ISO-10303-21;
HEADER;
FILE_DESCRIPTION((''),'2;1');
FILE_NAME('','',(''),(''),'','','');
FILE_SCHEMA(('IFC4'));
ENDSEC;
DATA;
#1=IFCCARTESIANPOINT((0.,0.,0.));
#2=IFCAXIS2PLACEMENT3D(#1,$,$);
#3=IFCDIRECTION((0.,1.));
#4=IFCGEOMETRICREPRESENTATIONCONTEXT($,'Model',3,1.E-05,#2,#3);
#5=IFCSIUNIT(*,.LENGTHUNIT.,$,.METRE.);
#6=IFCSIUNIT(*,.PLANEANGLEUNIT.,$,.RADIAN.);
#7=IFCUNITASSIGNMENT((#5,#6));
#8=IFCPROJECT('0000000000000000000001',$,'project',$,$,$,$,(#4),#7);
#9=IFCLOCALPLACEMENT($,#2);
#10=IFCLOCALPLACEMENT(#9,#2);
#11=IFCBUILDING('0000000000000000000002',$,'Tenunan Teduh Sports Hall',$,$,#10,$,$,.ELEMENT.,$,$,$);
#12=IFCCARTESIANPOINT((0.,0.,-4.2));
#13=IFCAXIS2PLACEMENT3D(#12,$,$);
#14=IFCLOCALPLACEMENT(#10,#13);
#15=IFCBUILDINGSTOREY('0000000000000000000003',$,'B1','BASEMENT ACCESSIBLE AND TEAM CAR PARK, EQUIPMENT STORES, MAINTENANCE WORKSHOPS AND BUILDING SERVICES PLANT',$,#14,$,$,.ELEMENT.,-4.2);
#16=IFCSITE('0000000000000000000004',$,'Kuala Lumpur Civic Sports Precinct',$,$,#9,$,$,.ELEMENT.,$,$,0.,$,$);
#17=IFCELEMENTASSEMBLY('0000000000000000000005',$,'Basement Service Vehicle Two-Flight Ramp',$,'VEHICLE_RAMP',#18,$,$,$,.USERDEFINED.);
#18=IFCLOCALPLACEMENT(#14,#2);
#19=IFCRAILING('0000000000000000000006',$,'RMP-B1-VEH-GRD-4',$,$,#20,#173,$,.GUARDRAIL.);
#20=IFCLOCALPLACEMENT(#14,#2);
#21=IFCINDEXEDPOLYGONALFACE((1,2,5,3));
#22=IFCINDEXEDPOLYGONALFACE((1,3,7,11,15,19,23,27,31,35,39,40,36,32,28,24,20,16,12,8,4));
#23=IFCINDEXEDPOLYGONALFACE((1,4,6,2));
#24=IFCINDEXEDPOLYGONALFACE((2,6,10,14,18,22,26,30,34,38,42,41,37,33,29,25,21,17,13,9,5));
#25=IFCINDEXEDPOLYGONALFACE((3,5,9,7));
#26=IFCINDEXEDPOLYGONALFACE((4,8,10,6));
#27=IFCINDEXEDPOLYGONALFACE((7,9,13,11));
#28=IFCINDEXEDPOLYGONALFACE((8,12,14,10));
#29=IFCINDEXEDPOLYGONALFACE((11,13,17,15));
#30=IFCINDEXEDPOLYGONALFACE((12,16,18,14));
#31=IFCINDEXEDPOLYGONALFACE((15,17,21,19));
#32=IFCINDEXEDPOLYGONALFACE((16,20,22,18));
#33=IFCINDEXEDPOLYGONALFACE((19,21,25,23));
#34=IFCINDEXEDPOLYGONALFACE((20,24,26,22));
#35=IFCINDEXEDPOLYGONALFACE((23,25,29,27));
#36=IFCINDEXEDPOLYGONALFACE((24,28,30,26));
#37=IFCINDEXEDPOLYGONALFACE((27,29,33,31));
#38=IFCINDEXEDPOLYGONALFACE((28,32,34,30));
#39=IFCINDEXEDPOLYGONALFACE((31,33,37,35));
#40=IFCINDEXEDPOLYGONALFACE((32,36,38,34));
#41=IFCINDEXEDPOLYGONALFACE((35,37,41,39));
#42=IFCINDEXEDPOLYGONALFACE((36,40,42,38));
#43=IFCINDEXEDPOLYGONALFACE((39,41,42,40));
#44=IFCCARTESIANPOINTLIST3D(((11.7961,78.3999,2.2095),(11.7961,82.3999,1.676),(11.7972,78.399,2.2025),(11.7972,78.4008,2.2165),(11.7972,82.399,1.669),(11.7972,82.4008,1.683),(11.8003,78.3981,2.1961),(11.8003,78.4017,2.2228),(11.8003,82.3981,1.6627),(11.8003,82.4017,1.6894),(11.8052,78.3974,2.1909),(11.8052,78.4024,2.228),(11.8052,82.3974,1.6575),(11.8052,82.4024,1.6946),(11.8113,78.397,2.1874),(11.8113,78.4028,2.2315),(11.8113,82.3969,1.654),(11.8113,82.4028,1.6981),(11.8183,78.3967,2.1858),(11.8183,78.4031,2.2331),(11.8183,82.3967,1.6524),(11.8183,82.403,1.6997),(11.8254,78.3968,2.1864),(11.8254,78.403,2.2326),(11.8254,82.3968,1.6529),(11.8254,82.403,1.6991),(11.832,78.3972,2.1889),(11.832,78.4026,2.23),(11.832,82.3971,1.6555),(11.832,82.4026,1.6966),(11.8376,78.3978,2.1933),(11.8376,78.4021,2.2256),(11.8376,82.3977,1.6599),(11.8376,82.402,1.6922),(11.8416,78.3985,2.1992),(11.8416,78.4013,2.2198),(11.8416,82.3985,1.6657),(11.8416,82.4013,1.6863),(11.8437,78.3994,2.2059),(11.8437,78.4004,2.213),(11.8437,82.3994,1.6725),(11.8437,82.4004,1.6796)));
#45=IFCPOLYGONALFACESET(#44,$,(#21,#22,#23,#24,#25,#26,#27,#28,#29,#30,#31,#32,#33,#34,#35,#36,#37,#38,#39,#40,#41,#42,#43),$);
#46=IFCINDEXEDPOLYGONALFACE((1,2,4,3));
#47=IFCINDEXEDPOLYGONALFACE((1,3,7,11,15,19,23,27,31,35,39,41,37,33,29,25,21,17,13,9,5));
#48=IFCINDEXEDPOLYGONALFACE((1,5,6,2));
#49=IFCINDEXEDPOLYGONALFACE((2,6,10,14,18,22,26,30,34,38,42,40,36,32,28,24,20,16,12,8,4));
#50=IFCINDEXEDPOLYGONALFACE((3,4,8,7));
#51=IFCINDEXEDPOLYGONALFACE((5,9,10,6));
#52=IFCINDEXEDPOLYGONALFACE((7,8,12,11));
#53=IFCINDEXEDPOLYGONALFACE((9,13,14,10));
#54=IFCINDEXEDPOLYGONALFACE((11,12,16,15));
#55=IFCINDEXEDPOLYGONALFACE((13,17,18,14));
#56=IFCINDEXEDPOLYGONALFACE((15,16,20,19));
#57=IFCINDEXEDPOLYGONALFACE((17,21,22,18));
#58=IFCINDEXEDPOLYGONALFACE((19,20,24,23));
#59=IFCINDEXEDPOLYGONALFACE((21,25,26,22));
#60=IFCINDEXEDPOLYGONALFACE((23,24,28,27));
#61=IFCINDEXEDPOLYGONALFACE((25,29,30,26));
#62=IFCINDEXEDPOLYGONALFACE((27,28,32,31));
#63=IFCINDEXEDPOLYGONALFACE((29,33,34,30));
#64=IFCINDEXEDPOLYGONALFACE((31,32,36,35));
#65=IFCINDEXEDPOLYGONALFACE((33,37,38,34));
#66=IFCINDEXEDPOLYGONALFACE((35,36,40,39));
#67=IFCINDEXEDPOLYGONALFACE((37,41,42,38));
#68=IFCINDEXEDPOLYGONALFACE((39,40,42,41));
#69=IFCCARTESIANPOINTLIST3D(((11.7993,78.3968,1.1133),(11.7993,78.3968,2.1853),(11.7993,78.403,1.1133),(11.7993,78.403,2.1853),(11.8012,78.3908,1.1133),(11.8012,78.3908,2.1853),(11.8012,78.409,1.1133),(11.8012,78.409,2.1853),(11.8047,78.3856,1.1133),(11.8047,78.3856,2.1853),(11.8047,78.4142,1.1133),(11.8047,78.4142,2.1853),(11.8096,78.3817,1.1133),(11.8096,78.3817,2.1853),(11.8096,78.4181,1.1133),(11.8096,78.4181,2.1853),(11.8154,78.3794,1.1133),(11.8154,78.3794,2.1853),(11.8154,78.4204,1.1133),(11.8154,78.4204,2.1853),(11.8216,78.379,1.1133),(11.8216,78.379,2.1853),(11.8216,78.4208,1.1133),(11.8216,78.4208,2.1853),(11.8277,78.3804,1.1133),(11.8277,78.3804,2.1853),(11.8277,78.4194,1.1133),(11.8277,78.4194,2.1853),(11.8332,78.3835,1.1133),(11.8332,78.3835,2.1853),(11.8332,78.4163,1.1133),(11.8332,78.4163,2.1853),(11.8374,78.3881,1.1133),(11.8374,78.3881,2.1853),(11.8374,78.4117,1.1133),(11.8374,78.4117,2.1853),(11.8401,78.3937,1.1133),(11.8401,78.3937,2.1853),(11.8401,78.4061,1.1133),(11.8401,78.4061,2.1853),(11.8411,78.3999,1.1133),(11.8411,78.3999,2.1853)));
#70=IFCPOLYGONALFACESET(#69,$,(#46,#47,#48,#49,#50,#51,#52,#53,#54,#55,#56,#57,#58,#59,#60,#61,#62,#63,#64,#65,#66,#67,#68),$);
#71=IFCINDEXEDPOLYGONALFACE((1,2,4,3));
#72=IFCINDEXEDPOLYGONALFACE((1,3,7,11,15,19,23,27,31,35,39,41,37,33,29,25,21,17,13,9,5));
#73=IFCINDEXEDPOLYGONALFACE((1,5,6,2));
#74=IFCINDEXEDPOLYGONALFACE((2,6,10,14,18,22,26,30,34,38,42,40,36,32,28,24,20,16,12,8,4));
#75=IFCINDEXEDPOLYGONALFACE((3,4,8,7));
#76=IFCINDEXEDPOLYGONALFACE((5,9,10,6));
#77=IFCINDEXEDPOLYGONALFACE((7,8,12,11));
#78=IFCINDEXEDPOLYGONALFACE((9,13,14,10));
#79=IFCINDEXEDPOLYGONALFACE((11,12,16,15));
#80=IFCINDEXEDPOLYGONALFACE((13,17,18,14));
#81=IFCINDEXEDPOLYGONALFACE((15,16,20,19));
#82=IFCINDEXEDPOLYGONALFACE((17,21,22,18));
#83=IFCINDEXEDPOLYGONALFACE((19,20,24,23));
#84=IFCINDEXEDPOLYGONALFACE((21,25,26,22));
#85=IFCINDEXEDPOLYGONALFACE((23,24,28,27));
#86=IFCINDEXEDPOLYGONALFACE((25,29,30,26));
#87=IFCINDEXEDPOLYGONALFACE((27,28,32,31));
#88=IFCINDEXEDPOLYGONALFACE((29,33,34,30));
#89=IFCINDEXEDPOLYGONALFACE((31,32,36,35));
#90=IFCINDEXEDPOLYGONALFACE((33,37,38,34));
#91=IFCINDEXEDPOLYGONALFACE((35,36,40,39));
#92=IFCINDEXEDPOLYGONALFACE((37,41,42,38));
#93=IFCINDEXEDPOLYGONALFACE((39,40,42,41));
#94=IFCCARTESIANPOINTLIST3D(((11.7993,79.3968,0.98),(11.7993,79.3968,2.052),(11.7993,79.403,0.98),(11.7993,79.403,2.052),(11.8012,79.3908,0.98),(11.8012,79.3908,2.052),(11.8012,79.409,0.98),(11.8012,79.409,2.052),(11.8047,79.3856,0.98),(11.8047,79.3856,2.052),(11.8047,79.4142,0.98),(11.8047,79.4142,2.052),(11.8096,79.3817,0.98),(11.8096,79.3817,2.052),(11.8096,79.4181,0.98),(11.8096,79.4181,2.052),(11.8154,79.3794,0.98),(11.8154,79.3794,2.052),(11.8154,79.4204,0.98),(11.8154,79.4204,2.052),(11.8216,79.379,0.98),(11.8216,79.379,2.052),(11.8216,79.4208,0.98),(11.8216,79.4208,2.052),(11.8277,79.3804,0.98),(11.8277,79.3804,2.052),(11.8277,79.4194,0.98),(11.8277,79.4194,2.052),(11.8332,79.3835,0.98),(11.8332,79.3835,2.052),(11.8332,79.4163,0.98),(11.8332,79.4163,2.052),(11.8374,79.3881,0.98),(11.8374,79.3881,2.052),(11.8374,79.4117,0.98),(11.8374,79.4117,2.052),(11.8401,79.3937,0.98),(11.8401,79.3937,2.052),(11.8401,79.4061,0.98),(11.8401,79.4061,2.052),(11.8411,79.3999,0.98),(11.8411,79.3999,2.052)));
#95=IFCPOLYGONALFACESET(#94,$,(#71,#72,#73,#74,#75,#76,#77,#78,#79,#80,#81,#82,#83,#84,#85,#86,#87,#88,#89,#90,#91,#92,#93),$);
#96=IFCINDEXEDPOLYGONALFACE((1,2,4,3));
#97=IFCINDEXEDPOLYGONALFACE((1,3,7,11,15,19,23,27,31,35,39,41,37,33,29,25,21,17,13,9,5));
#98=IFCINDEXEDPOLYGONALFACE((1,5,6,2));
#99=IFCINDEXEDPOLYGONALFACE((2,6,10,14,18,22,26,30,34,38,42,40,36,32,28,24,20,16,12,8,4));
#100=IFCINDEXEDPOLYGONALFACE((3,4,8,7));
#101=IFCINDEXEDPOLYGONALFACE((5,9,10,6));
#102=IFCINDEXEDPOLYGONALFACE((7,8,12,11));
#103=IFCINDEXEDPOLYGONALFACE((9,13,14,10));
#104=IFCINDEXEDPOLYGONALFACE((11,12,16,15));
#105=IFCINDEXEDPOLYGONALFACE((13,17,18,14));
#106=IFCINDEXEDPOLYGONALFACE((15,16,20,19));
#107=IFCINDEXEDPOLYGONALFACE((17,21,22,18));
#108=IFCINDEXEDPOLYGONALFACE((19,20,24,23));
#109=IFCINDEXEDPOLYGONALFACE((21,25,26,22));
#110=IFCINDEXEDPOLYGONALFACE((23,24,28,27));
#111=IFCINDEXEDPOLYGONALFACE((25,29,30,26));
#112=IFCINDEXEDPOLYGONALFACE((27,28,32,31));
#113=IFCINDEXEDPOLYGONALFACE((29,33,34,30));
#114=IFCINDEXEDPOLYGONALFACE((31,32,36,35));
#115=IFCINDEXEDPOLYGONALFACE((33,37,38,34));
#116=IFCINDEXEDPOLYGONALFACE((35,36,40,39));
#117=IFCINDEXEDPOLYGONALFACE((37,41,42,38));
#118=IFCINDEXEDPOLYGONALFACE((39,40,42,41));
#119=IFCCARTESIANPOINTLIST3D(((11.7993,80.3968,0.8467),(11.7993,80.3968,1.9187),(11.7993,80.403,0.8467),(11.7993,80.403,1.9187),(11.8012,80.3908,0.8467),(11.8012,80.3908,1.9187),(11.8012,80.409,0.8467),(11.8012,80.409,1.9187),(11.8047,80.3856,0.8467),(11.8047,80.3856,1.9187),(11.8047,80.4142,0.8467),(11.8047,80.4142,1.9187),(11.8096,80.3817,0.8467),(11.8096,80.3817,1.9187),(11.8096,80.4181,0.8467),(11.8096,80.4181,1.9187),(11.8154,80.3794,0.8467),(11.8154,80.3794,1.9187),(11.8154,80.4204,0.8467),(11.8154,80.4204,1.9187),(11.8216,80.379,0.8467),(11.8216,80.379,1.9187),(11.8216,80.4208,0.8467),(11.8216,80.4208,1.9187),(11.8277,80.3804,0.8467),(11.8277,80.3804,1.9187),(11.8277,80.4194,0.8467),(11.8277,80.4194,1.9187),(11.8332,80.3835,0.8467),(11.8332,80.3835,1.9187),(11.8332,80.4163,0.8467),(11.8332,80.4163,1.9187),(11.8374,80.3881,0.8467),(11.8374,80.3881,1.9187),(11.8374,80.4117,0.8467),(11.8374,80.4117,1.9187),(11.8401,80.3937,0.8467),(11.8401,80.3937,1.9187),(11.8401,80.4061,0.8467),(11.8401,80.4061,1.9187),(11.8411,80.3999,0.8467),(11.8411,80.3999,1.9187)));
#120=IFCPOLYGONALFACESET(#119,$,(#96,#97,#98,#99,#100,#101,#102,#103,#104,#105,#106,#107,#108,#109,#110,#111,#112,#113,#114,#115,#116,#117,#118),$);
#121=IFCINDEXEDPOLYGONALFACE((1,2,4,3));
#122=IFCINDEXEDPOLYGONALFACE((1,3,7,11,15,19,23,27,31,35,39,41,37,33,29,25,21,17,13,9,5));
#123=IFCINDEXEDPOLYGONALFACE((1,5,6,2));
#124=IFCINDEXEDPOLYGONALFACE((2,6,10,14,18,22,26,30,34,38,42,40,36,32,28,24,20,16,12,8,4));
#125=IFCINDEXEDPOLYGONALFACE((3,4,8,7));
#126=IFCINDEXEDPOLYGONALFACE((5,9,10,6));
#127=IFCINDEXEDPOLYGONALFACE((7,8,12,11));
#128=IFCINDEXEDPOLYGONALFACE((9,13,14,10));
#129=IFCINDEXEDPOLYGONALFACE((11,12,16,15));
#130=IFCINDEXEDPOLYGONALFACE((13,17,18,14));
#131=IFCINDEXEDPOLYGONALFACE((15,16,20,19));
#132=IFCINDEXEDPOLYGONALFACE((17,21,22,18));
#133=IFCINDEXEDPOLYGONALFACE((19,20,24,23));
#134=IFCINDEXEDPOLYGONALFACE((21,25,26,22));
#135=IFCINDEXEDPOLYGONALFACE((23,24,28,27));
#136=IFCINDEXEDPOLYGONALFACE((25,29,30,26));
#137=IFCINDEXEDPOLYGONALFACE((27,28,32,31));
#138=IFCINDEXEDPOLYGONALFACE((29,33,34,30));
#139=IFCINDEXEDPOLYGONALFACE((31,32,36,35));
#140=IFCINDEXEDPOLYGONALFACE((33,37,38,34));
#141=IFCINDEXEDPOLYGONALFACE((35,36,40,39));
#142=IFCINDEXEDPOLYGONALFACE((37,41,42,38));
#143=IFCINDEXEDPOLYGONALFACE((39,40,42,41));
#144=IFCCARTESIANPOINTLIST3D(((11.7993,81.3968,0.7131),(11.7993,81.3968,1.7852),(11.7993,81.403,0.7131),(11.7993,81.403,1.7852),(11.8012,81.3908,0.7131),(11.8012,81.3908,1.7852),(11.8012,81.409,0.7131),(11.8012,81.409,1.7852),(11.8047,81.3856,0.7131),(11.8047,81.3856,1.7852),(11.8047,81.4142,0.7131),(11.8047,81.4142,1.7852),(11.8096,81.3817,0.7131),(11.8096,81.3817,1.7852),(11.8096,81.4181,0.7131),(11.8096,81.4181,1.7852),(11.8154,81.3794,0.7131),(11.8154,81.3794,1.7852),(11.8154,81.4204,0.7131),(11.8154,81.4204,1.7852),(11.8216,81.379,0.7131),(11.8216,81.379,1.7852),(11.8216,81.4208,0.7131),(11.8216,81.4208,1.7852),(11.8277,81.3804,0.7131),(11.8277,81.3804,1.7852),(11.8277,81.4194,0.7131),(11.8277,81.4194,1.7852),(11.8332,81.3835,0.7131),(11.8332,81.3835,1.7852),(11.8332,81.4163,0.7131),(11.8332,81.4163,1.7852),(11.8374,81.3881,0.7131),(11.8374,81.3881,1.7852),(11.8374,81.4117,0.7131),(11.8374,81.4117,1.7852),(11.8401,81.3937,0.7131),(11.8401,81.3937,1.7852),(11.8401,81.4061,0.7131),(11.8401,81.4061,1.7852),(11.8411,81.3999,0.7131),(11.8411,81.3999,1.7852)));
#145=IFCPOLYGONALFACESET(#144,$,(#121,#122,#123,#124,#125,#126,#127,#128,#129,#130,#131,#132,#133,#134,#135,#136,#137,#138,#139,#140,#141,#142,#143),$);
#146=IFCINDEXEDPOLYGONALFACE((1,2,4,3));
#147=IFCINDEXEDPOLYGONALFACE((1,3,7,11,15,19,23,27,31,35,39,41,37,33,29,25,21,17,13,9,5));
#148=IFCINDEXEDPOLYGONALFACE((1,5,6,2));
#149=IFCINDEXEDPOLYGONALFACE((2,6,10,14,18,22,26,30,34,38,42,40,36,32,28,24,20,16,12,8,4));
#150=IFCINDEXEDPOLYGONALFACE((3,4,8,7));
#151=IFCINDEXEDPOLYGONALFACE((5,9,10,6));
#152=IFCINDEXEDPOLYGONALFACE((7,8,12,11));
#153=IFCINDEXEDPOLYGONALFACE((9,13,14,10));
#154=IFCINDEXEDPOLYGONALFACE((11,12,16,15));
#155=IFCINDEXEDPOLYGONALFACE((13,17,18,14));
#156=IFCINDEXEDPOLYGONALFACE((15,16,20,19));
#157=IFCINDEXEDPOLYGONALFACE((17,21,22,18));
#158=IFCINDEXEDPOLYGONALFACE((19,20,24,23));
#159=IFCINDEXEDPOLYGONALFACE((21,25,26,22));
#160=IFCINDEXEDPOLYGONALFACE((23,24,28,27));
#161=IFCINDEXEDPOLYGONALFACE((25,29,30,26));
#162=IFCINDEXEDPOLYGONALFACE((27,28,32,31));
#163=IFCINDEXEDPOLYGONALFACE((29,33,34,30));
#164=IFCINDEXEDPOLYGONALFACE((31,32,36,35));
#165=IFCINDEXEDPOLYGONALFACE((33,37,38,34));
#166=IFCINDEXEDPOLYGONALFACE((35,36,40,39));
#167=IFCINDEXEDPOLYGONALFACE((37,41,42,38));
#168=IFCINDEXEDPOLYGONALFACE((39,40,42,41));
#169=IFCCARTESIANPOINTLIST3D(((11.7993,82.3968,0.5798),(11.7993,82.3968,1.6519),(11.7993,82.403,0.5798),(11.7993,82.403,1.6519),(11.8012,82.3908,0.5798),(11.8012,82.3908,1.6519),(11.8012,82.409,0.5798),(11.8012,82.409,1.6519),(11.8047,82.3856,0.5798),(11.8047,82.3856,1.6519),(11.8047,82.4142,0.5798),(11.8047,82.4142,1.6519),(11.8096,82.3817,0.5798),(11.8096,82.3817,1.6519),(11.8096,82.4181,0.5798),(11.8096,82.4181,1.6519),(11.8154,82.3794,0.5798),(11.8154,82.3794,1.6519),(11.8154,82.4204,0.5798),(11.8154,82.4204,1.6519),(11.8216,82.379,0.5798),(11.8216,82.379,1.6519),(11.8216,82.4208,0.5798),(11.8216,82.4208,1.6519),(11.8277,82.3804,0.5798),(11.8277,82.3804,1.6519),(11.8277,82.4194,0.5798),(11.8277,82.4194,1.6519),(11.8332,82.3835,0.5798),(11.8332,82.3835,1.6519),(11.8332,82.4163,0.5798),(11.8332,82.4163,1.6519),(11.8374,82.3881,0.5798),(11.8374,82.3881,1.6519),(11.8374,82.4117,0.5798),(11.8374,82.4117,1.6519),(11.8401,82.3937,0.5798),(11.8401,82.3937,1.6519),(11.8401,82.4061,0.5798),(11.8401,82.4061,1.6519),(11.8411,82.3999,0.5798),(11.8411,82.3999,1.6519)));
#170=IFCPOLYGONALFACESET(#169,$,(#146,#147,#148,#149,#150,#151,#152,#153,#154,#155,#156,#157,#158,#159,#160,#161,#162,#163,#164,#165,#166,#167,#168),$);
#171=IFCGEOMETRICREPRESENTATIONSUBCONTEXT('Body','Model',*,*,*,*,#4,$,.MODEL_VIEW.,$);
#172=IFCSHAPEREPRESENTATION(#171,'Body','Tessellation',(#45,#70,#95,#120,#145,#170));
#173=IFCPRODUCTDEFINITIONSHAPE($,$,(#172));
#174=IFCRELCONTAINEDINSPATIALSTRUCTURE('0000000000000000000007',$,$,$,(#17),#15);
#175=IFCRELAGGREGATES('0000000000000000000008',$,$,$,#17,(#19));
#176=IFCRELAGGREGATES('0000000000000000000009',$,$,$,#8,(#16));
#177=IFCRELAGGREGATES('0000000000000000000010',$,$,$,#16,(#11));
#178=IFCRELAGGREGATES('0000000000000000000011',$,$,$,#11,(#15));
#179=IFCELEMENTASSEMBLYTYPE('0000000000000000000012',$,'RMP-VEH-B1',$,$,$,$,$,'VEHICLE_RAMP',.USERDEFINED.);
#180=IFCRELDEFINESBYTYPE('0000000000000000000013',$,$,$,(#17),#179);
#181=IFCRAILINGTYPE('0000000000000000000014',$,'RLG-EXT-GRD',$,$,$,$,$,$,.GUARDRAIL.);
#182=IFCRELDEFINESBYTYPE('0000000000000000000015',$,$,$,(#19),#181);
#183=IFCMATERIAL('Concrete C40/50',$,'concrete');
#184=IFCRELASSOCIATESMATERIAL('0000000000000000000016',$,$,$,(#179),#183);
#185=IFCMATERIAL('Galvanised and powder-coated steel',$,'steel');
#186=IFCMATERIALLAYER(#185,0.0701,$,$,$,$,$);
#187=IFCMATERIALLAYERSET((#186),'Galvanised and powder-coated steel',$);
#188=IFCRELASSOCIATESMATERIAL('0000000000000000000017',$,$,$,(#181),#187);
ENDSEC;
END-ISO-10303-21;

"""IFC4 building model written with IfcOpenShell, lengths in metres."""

from ifc_helpers import new_model, si_unit, direction, frame, origin, origin_2d, place, context, subcontext, project, spatial, circle, extrude, material, layer, layer_set, type_object, element, aggregate, save


model = new_model("IFC4")

# Units and contexts
model_context = context("Model", 3, precision=1e-05, world=origin(), true_north=direction((0.0, 1.0)))
body_context = subcontext(model_context, "Body", "Model", "MODEL_VIEW")
ifc_project = project(units=[si_unit("LENGTHUNIT", "METRE"), si_unit("PLANEANGLEUNIT", "RADIAN")], contexts=[model_context])

# Site, building, storey
site_placement = place(None, origin())
site = spatial("IfcSite", under=ifc_project, at=site_placement, Name="Kuala Lumpur Civic Sports Precinct", CompositionType="ELEMENT", RefElevation=0.0)
building_placement = place(site_placement, origin())
building = spatial("IfcBuilding", under=site, at=building_placement, Name="Tenunan Teduh Sports Hall", CompositionType="ELEMENT")
storey_placement = place(building_placement, frame((0.0, 0.0, -4.2)))
storey = spatial("IfcBuildingStorey", under=building, at=storey_placement, Name="B1", Description="BASEMENT ACCESSIBLE AND TEAM CAR PARK, EQUIPMENT STORES, MAINTENANCE WORKSHOPS AND BUILDING SERVICES PLANT", CompositionType="ELEMENT", Elevation=-4.2)

# Element assembly
ifc_material_1 = material(Name="Concrete C40/50", Category="concrete")
element_assembly_type = type_object("IfcElementAssemblyType", Name="RMP-VEH-B1", ElementType="VEHICLE_RAMP", PredefinedType="USERDEFINED", material=ifc_material_1)
assembly_placement = place(storey_placement, origin())
assembly = element("IfcElementAssembly", 1, at=assembly_placement, inside=storey, type_object=element_assembly_type, Name="Basement Service Vehicle Two-Flight Ramp", ObjectType="VEHICLE_RAMP", PredefinedType="USERDEFINED")

# Railing
ifc_material_2 = material(Name="Galvanised and powder-coated steel", Category="steel")
ifc_layer_1 = layer(ifc_material_2, 0.0701)
ifc_layer_set_1 = layer_set([ifc_layer_1], Name="Galvanised and powder-coated steel")
railing_type = type_object("IfcRailingType", Name="RLG-EXT-GRD", PredefinedType="GUARDRAIL", material=ifc_layer_set_1)
railing_1_placement = place(storey_placement, frame((11.8201, 78.3999, 1.1133)))
railing_1 = element("IfcRailing", 2, at=railing_1_placement, type_object=railing_type, Name="RMP-B1-VEH-GRD-4", PredefinedType="GUARDRAIL", context=body_context, shape_type="SweptSolid", body=[
    extrude(circle(Radius=0.0239, at=origin_2d()), frame((0.0, 0.0, 1.0962), z_axis=(0.0, 0.991224, -0.132191), x_axis=(-1.0, 0.0, 0.0)), (0.0, 0.0, 1.0), 4.0354),
    extrude(circle(Radius=0.021, at=origin_2d()), origin(), (0.0, 0.0, 1.0), 1.072),
    extrude(circle(Radius=0.021, at=origin_2d()), frame((0.0, 1.0, -0.1333)), (0.0, 0.0, 1.0), 1.072),
    extrude(circle(Radius=0.021, at=origin_2d()), frame((0.0, 2.0, -0.2666)), (0.0, 0.0, 1.0), 1.072),
    extrude(circle(Radius=0.021, at=origin_2d()), frame((0.0, 3.0, -0.4001)), (0.0, 0.0, 1.0), 1.072),
    extrude(circle(Radius=0.021, at=origin_2d()), frame((0.0, 4.0, -0.5334)), (0.0, 0.0, 1.0), 1.072),
])
aggregate(assembly, [railing_1])

save(model, "model.ifc")
